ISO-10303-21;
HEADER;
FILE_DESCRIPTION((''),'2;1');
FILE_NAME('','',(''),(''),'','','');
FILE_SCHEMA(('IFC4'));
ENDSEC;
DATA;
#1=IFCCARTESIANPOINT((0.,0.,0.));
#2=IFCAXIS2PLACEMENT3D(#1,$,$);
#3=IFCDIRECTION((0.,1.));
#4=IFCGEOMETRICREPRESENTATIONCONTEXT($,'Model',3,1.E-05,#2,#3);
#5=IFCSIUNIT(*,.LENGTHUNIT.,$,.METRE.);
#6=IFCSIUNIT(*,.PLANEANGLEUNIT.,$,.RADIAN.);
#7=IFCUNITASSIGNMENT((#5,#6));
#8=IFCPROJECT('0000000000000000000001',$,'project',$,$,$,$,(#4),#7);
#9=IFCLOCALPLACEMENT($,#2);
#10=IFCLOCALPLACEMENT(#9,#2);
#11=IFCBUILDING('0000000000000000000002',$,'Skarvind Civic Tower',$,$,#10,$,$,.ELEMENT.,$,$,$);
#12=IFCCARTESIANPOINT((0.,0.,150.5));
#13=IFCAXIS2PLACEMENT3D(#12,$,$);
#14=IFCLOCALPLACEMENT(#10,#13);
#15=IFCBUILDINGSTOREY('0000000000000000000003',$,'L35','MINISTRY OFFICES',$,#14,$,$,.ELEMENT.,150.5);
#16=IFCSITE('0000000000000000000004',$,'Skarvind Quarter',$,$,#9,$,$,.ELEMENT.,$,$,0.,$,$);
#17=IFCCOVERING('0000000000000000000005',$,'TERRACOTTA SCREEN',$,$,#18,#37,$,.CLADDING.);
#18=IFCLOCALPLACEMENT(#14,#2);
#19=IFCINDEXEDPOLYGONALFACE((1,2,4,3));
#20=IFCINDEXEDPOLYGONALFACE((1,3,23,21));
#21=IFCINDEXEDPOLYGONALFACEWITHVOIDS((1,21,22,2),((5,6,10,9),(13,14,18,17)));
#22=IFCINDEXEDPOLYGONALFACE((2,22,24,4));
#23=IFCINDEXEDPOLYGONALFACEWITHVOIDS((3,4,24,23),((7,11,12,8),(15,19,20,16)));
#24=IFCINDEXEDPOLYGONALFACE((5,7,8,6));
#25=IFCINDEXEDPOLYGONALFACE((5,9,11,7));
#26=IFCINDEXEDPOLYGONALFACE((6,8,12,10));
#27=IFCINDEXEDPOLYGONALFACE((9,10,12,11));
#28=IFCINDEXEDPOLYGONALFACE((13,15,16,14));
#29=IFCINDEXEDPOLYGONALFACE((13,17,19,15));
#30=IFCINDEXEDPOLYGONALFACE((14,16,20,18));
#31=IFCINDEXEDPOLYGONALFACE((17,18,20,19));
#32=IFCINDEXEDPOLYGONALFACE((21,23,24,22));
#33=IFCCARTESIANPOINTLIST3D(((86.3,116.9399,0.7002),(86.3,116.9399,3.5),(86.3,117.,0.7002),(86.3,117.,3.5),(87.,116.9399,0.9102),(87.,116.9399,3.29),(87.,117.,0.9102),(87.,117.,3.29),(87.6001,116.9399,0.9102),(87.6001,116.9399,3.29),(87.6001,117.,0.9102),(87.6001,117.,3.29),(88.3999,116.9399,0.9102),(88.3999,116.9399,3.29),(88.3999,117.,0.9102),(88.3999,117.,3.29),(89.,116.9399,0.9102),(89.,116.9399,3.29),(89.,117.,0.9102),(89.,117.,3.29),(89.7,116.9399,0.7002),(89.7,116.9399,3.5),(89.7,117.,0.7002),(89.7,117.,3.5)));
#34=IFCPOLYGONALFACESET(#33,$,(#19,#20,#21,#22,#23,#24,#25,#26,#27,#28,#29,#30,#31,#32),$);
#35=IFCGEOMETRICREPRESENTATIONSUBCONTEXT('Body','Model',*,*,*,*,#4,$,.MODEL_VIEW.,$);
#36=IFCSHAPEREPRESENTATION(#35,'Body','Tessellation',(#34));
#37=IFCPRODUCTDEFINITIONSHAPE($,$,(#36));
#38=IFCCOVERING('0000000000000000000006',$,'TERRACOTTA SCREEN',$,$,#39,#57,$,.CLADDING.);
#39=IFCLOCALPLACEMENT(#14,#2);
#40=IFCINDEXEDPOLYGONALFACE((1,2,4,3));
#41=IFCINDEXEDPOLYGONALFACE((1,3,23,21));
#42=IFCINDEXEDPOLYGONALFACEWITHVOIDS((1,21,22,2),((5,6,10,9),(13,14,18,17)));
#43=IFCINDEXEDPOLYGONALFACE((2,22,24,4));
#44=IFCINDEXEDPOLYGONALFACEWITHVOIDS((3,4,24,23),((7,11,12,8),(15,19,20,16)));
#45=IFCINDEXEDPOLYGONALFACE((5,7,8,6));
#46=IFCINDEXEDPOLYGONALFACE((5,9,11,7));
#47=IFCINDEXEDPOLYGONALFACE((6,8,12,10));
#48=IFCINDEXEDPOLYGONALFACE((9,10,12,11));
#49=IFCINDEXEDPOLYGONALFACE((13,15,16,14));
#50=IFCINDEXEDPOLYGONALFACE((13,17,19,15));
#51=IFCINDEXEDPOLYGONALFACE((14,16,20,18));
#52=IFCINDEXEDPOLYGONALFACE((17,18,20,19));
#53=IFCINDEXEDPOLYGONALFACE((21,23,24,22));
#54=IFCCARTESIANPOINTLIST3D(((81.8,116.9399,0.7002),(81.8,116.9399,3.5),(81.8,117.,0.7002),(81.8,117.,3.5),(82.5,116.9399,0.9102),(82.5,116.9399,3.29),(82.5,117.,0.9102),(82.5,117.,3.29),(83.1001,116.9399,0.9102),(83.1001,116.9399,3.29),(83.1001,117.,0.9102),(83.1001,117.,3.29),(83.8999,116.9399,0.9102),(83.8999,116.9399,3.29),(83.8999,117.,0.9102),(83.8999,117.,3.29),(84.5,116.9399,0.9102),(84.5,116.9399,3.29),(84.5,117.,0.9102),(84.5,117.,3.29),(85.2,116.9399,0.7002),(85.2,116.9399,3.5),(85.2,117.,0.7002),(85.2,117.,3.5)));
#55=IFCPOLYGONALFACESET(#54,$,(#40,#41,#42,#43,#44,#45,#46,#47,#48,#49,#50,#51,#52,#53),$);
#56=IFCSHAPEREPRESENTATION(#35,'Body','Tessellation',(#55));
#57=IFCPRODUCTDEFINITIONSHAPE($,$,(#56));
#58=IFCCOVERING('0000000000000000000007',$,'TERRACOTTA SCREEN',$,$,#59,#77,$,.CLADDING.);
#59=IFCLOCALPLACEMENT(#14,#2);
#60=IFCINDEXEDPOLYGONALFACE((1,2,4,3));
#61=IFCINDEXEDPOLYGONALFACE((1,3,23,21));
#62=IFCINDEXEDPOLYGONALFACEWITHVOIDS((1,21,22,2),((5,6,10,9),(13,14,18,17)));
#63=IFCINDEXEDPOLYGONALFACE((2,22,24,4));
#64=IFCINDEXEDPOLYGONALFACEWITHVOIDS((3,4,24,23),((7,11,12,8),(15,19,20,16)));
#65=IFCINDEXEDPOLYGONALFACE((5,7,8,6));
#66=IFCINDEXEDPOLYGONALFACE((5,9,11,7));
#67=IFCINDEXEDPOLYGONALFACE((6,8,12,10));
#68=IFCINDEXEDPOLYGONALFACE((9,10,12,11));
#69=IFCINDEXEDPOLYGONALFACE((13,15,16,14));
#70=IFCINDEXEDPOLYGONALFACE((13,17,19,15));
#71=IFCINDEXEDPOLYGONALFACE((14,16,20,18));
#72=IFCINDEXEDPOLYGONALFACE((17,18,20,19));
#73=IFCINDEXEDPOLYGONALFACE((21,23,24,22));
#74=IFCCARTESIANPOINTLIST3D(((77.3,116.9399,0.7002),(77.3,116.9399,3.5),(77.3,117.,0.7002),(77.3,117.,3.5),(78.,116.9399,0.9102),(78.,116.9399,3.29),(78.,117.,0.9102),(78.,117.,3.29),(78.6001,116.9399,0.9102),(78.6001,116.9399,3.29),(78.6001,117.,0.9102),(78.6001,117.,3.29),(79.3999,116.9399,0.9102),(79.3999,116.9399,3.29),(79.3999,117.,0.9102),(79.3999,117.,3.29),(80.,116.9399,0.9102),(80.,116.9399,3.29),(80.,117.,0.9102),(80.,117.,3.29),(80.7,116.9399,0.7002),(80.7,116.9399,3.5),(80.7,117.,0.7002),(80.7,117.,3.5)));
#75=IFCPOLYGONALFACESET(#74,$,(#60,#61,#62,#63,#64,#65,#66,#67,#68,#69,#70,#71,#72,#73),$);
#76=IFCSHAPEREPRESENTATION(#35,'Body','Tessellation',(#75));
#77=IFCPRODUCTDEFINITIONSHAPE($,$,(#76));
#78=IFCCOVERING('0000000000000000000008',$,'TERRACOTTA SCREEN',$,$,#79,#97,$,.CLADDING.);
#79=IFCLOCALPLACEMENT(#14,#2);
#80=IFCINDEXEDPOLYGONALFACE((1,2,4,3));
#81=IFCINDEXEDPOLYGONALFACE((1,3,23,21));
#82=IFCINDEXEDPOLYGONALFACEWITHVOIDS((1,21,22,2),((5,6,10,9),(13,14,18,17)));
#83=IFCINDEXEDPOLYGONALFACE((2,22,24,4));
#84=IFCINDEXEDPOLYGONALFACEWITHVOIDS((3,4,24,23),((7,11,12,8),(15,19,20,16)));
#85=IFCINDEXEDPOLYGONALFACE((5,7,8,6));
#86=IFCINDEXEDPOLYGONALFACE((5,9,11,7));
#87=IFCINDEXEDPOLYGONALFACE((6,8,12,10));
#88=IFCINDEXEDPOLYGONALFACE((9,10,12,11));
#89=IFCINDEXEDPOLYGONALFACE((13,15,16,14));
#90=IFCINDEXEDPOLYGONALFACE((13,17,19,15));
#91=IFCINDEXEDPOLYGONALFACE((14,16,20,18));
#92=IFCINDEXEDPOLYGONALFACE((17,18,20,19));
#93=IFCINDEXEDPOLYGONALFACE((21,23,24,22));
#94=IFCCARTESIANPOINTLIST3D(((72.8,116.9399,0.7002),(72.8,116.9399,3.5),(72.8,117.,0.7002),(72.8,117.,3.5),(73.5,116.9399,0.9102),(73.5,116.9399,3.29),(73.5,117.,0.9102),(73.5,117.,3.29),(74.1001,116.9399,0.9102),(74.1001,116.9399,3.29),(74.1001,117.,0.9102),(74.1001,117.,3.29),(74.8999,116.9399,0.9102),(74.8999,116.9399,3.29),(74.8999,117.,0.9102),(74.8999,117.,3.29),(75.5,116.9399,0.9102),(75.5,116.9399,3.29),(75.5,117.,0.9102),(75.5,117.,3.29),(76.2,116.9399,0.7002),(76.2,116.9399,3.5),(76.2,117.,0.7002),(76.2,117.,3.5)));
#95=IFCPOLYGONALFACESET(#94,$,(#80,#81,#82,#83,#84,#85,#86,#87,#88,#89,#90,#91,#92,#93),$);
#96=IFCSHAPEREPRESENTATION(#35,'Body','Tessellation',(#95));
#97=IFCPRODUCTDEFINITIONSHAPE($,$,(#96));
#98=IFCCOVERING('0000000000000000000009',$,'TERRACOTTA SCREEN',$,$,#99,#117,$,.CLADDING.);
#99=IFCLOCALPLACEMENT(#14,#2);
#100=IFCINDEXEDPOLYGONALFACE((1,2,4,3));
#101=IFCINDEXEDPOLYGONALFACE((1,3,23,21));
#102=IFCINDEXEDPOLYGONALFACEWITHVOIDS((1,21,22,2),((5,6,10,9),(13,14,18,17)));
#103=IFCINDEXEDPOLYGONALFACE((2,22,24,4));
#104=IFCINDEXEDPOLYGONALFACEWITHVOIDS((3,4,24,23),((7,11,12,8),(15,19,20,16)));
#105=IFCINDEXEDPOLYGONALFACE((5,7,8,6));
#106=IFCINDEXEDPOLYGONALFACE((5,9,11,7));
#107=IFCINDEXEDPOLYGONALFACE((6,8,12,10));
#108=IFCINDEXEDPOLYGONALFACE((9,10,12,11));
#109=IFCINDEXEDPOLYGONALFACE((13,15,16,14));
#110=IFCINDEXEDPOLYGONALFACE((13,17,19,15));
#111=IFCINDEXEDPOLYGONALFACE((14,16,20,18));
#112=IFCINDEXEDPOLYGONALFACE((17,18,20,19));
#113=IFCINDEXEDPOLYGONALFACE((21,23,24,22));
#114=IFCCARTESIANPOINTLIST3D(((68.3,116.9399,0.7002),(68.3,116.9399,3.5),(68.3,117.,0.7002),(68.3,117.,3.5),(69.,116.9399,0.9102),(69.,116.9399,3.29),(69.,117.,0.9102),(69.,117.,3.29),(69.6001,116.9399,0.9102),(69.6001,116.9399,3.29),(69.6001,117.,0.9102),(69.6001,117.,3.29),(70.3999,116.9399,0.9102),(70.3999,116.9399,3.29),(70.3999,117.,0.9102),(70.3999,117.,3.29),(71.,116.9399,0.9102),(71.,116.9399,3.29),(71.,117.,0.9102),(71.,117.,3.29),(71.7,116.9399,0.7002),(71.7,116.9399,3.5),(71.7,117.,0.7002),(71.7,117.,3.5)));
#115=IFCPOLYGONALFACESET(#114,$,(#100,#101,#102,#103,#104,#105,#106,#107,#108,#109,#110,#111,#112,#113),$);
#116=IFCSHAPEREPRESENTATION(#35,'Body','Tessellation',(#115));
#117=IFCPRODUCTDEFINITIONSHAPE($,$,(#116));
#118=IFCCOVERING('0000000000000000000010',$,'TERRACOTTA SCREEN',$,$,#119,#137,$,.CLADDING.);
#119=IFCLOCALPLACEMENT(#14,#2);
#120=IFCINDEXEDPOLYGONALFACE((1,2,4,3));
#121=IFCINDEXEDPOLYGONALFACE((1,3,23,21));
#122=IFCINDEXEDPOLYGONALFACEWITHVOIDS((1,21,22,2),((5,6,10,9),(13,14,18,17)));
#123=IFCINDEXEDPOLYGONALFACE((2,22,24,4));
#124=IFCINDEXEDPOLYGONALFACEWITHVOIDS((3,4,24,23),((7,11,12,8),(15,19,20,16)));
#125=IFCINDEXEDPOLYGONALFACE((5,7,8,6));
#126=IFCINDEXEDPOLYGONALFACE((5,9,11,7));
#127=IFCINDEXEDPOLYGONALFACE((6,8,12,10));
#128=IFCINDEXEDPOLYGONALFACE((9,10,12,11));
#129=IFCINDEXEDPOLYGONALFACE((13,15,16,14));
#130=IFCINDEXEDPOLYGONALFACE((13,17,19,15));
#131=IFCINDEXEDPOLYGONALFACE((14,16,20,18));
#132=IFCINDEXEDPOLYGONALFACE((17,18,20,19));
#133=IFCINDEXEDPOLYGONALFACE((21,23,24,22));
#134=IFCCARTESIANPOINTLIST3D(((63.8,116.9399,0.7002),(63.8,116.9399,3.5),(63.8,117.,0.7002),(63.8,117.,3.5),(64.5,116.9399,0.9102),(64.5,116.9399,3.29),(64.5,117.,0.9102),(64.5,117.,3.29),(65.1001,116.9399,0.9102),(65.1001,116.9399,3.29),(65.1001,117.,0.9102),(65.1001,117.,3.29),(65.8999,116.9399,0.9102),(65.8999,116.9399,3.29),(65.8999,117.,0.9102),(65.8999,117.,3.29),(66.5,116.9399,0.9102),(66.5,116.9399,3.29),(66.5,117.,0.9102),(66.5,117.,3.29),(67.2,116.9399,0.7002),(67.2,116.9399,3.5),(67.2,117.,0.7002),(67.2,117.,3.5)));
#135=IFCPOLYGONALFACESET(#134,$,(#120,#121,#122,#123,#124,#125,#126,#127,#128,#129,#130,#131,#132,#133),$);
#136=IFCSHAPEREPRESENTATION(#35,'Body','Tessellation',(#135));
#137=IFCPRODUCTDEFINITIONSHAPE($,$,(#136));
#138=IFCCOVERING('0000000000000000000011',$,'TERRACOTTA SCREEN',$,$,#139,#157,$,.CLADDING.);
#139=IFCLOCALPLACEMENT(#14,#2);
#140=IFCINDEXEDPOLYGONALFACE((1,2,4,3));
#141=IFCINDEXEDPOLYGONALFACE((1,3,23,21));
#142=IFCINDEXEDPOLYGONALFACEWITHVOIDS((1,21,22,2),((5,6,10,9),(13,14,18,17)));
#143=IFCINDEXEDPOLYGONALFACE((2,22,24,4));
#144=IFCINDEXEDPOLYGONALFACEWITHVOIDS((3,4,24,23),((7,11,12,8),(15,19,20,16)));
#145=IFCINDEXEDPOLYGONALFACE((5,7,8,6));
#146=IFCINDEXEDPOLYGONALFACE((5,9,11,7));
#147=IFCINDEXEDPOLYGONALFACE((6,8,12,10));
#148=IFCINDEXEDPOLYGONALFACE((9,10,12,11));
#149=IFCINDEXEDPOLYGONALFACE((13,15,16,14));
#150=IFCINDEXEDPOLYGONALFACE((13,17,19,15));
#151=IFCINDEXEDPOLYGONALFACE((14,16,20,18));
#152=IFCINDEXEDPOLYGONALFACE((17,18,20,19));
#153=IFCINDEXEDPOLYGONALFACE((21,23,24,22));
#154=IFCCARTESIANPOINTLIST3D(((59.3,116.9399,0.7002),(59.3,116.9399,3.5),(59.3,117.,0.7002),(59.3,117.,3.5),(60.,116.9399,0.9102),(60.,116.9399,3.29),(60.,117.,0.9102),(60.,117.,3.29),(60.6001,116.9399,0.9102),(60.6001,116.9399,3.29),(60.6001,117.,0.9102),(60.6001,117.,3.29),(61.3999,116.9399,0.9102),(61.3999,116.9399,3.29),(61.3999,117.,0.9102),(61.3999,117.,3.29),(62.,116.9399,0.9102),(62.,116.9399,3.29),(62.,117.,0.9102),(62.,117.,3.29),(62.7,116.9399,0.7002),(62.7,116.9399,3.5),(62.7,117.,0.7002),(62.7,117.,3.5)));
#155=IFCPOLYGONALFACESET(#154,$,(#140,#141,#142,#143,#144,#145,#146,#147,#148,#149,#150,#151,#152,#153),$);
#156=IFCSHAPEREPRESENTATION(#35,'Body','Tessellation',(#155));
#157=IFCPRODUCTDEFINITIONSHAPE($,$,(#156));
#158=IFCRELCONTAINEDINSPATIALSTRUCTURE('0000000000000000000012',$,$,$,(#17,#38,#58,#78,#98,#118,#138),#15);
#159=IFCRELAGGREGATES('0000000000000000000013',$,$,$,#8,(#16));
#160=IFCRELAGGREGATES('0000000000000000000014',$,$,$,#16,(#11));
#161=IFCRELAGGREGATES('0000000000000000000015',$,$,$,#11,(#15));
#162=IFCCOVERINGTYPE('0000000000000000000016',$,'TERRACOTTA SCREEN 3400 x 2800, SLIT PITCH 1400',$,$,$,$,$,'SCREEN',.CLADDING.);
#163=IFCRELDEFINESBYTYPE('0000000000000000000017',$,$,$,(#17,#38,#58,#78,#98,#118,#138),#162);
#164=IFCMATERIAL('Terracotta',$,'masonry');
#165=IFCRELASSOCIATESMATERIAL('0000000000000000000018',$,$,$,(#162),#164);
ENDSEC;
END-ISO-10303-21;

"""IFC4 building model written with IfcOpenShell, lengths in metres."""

from ifc_helpers import new_model, si_unit, direction, frame, origin, place, context, subcontext, project, spatial, polyline, outline, extrude, material, material_profile, profile_set, type_object, element, save


model = new_model("IFC4")

# Units and contexts
model_context = context("Model", 3, precision=1e-05, world=origin(), true_north=direction((0.0, 1.0)))
body_context = subcontext(model_context, "Body", "Model", "MODEL_VIEW")
ifc_project = project(units=[si_unit("LENGTHUNIT", "METRE"), si_unit("PLANEANGLEUNIT", "RADIAN")], contexts=[model_context])

# Site, building, storey
site_placement = place(None, origin())
site = spatial("IfcSite", under=ifc_project, at=site_placement, Name="Skarvind Quarter", CompositionType="ELEMENT", RefElevation=0.0)
building_placement = place(site_placement, origin())
building = spatial("IfcBuilding", under=site, at=building_placement, Name="Skarvind Civic Tower", CompositionType="ELEMENT")
storey_placement = place(building_placement, frame((0.0, 0.0, 150.5)))
storey = spatial("IfcBuildingStorey", under=building, at=storey_placement, Name="L35", Description="MINISTRY OFFICES", CompositionType="ELEMENT", Elevation=150.5)

# Coverings
ifc_material_1 = material(Name="Terracotta", Category="masonry")
ifc_material_profile = material_profile(ifc_material_1, outline(polyline([(-1.7, -1.3999), (1.7, -1.3999), (1.7, 1.3999), (-1.7, 1.3999), (-1.7, -1.3999)]), holes=[polyline([(-1.0, -1.1899), (-0.3999, -1.1899), (-0.3999, 1.1899), (-1.0, 1.1899), (-1.0, -1.1899)]), polyline([(0.3999, -1.1899), (1.0, -1.1899), (1.0, 1.1899), (0.3999, 1.1899), (0.3999, -1.1899)])]), Name="TERRACOTTA SCREEN 3400 x 2800, SLIT PITCH 1400")
ifc_profile_set = profile_set([ifc_material_profile], Name="Terracotta")
covering_type = type_object("IfcCoveringType", Name="TERRACOTTA SCREEN 3400 x 2800, SLIT PITCH 1400", ElementType="SCREEN", PredefinedType="CLADDING", material=ifc_profile_set)
for number, where, z_axis, x_axis, name in (
    (1, (88.0, 117.0, 2.1001), (0.0, -1.0, 0.0), (1.0, 0.0, 0.0), "TERRACOTTA SCREEN"),
    (2, (83.5, 117.0, 2.1001), (0.0, -1.0, 0.0), (1.0, 0.0, 0.0), "TERRACOTTA SCREEN"),
    (3, (79.0, 117.0, 2.1001), (0.0, -1.0, 0.0), (1.0, 0.0, 0.0), "TERRACOTTA SCREEN"),
    (4, (74.5, 117.0, 2.1001), (0.0, -1.0, 0.0), (1.0, 0.0, 0.0), "TERRACOTTA SCREEN"),
    (5, (70.0, 117.0, 2.1001), (0.0, -1.0, 0.0), (1.0, 0.0, 0.0), "TERRACOTTA SCREEN"),
    (6, (65.5, 117.0, 2.1001), (0.0, -1.0, 0.0), (1.0, 0.0, 0.0), "TERRACOTTA SCREEN"),
    (7, (61.0, 117.0, 2.1001), (0.0, -1.0, 0.0), (1.0, 0.0, 0.0), "TERRACOTTA SCREEN"),
):
    element("IfcCovering", number, at=place(storey_placement, frame(where, z_axis=z_axis, x_axis=x_axis)), inside=storey, type_object=covering_type, Name=name, PredefinedType="CLADDING", context=body_context, shape_type="SweptSolid", body=[
        extrude(outline(polyline([(-1.7, -1.3999), (1.7, -1.3999), (1.7, 1.3999), (-1.7, 1.3999), (-1.7, -1.3999)]), holes=[polyline([(-1.0, -1.1899), (-0.3999, -1.1899), (-0.3999, 1.1899), (-1.0, 1.1899), (-1.0, -1.1899)]), polyline([(0.3999, -1.1899), (1.0, -1.1899), (1.0, 1.1899), (0.3999, 1.1899), (0.3999, -1.1899)])]), origin(), (0.0, 0.0, 1.0), 0.0601),
    ])

save(model, "model.ifc")
